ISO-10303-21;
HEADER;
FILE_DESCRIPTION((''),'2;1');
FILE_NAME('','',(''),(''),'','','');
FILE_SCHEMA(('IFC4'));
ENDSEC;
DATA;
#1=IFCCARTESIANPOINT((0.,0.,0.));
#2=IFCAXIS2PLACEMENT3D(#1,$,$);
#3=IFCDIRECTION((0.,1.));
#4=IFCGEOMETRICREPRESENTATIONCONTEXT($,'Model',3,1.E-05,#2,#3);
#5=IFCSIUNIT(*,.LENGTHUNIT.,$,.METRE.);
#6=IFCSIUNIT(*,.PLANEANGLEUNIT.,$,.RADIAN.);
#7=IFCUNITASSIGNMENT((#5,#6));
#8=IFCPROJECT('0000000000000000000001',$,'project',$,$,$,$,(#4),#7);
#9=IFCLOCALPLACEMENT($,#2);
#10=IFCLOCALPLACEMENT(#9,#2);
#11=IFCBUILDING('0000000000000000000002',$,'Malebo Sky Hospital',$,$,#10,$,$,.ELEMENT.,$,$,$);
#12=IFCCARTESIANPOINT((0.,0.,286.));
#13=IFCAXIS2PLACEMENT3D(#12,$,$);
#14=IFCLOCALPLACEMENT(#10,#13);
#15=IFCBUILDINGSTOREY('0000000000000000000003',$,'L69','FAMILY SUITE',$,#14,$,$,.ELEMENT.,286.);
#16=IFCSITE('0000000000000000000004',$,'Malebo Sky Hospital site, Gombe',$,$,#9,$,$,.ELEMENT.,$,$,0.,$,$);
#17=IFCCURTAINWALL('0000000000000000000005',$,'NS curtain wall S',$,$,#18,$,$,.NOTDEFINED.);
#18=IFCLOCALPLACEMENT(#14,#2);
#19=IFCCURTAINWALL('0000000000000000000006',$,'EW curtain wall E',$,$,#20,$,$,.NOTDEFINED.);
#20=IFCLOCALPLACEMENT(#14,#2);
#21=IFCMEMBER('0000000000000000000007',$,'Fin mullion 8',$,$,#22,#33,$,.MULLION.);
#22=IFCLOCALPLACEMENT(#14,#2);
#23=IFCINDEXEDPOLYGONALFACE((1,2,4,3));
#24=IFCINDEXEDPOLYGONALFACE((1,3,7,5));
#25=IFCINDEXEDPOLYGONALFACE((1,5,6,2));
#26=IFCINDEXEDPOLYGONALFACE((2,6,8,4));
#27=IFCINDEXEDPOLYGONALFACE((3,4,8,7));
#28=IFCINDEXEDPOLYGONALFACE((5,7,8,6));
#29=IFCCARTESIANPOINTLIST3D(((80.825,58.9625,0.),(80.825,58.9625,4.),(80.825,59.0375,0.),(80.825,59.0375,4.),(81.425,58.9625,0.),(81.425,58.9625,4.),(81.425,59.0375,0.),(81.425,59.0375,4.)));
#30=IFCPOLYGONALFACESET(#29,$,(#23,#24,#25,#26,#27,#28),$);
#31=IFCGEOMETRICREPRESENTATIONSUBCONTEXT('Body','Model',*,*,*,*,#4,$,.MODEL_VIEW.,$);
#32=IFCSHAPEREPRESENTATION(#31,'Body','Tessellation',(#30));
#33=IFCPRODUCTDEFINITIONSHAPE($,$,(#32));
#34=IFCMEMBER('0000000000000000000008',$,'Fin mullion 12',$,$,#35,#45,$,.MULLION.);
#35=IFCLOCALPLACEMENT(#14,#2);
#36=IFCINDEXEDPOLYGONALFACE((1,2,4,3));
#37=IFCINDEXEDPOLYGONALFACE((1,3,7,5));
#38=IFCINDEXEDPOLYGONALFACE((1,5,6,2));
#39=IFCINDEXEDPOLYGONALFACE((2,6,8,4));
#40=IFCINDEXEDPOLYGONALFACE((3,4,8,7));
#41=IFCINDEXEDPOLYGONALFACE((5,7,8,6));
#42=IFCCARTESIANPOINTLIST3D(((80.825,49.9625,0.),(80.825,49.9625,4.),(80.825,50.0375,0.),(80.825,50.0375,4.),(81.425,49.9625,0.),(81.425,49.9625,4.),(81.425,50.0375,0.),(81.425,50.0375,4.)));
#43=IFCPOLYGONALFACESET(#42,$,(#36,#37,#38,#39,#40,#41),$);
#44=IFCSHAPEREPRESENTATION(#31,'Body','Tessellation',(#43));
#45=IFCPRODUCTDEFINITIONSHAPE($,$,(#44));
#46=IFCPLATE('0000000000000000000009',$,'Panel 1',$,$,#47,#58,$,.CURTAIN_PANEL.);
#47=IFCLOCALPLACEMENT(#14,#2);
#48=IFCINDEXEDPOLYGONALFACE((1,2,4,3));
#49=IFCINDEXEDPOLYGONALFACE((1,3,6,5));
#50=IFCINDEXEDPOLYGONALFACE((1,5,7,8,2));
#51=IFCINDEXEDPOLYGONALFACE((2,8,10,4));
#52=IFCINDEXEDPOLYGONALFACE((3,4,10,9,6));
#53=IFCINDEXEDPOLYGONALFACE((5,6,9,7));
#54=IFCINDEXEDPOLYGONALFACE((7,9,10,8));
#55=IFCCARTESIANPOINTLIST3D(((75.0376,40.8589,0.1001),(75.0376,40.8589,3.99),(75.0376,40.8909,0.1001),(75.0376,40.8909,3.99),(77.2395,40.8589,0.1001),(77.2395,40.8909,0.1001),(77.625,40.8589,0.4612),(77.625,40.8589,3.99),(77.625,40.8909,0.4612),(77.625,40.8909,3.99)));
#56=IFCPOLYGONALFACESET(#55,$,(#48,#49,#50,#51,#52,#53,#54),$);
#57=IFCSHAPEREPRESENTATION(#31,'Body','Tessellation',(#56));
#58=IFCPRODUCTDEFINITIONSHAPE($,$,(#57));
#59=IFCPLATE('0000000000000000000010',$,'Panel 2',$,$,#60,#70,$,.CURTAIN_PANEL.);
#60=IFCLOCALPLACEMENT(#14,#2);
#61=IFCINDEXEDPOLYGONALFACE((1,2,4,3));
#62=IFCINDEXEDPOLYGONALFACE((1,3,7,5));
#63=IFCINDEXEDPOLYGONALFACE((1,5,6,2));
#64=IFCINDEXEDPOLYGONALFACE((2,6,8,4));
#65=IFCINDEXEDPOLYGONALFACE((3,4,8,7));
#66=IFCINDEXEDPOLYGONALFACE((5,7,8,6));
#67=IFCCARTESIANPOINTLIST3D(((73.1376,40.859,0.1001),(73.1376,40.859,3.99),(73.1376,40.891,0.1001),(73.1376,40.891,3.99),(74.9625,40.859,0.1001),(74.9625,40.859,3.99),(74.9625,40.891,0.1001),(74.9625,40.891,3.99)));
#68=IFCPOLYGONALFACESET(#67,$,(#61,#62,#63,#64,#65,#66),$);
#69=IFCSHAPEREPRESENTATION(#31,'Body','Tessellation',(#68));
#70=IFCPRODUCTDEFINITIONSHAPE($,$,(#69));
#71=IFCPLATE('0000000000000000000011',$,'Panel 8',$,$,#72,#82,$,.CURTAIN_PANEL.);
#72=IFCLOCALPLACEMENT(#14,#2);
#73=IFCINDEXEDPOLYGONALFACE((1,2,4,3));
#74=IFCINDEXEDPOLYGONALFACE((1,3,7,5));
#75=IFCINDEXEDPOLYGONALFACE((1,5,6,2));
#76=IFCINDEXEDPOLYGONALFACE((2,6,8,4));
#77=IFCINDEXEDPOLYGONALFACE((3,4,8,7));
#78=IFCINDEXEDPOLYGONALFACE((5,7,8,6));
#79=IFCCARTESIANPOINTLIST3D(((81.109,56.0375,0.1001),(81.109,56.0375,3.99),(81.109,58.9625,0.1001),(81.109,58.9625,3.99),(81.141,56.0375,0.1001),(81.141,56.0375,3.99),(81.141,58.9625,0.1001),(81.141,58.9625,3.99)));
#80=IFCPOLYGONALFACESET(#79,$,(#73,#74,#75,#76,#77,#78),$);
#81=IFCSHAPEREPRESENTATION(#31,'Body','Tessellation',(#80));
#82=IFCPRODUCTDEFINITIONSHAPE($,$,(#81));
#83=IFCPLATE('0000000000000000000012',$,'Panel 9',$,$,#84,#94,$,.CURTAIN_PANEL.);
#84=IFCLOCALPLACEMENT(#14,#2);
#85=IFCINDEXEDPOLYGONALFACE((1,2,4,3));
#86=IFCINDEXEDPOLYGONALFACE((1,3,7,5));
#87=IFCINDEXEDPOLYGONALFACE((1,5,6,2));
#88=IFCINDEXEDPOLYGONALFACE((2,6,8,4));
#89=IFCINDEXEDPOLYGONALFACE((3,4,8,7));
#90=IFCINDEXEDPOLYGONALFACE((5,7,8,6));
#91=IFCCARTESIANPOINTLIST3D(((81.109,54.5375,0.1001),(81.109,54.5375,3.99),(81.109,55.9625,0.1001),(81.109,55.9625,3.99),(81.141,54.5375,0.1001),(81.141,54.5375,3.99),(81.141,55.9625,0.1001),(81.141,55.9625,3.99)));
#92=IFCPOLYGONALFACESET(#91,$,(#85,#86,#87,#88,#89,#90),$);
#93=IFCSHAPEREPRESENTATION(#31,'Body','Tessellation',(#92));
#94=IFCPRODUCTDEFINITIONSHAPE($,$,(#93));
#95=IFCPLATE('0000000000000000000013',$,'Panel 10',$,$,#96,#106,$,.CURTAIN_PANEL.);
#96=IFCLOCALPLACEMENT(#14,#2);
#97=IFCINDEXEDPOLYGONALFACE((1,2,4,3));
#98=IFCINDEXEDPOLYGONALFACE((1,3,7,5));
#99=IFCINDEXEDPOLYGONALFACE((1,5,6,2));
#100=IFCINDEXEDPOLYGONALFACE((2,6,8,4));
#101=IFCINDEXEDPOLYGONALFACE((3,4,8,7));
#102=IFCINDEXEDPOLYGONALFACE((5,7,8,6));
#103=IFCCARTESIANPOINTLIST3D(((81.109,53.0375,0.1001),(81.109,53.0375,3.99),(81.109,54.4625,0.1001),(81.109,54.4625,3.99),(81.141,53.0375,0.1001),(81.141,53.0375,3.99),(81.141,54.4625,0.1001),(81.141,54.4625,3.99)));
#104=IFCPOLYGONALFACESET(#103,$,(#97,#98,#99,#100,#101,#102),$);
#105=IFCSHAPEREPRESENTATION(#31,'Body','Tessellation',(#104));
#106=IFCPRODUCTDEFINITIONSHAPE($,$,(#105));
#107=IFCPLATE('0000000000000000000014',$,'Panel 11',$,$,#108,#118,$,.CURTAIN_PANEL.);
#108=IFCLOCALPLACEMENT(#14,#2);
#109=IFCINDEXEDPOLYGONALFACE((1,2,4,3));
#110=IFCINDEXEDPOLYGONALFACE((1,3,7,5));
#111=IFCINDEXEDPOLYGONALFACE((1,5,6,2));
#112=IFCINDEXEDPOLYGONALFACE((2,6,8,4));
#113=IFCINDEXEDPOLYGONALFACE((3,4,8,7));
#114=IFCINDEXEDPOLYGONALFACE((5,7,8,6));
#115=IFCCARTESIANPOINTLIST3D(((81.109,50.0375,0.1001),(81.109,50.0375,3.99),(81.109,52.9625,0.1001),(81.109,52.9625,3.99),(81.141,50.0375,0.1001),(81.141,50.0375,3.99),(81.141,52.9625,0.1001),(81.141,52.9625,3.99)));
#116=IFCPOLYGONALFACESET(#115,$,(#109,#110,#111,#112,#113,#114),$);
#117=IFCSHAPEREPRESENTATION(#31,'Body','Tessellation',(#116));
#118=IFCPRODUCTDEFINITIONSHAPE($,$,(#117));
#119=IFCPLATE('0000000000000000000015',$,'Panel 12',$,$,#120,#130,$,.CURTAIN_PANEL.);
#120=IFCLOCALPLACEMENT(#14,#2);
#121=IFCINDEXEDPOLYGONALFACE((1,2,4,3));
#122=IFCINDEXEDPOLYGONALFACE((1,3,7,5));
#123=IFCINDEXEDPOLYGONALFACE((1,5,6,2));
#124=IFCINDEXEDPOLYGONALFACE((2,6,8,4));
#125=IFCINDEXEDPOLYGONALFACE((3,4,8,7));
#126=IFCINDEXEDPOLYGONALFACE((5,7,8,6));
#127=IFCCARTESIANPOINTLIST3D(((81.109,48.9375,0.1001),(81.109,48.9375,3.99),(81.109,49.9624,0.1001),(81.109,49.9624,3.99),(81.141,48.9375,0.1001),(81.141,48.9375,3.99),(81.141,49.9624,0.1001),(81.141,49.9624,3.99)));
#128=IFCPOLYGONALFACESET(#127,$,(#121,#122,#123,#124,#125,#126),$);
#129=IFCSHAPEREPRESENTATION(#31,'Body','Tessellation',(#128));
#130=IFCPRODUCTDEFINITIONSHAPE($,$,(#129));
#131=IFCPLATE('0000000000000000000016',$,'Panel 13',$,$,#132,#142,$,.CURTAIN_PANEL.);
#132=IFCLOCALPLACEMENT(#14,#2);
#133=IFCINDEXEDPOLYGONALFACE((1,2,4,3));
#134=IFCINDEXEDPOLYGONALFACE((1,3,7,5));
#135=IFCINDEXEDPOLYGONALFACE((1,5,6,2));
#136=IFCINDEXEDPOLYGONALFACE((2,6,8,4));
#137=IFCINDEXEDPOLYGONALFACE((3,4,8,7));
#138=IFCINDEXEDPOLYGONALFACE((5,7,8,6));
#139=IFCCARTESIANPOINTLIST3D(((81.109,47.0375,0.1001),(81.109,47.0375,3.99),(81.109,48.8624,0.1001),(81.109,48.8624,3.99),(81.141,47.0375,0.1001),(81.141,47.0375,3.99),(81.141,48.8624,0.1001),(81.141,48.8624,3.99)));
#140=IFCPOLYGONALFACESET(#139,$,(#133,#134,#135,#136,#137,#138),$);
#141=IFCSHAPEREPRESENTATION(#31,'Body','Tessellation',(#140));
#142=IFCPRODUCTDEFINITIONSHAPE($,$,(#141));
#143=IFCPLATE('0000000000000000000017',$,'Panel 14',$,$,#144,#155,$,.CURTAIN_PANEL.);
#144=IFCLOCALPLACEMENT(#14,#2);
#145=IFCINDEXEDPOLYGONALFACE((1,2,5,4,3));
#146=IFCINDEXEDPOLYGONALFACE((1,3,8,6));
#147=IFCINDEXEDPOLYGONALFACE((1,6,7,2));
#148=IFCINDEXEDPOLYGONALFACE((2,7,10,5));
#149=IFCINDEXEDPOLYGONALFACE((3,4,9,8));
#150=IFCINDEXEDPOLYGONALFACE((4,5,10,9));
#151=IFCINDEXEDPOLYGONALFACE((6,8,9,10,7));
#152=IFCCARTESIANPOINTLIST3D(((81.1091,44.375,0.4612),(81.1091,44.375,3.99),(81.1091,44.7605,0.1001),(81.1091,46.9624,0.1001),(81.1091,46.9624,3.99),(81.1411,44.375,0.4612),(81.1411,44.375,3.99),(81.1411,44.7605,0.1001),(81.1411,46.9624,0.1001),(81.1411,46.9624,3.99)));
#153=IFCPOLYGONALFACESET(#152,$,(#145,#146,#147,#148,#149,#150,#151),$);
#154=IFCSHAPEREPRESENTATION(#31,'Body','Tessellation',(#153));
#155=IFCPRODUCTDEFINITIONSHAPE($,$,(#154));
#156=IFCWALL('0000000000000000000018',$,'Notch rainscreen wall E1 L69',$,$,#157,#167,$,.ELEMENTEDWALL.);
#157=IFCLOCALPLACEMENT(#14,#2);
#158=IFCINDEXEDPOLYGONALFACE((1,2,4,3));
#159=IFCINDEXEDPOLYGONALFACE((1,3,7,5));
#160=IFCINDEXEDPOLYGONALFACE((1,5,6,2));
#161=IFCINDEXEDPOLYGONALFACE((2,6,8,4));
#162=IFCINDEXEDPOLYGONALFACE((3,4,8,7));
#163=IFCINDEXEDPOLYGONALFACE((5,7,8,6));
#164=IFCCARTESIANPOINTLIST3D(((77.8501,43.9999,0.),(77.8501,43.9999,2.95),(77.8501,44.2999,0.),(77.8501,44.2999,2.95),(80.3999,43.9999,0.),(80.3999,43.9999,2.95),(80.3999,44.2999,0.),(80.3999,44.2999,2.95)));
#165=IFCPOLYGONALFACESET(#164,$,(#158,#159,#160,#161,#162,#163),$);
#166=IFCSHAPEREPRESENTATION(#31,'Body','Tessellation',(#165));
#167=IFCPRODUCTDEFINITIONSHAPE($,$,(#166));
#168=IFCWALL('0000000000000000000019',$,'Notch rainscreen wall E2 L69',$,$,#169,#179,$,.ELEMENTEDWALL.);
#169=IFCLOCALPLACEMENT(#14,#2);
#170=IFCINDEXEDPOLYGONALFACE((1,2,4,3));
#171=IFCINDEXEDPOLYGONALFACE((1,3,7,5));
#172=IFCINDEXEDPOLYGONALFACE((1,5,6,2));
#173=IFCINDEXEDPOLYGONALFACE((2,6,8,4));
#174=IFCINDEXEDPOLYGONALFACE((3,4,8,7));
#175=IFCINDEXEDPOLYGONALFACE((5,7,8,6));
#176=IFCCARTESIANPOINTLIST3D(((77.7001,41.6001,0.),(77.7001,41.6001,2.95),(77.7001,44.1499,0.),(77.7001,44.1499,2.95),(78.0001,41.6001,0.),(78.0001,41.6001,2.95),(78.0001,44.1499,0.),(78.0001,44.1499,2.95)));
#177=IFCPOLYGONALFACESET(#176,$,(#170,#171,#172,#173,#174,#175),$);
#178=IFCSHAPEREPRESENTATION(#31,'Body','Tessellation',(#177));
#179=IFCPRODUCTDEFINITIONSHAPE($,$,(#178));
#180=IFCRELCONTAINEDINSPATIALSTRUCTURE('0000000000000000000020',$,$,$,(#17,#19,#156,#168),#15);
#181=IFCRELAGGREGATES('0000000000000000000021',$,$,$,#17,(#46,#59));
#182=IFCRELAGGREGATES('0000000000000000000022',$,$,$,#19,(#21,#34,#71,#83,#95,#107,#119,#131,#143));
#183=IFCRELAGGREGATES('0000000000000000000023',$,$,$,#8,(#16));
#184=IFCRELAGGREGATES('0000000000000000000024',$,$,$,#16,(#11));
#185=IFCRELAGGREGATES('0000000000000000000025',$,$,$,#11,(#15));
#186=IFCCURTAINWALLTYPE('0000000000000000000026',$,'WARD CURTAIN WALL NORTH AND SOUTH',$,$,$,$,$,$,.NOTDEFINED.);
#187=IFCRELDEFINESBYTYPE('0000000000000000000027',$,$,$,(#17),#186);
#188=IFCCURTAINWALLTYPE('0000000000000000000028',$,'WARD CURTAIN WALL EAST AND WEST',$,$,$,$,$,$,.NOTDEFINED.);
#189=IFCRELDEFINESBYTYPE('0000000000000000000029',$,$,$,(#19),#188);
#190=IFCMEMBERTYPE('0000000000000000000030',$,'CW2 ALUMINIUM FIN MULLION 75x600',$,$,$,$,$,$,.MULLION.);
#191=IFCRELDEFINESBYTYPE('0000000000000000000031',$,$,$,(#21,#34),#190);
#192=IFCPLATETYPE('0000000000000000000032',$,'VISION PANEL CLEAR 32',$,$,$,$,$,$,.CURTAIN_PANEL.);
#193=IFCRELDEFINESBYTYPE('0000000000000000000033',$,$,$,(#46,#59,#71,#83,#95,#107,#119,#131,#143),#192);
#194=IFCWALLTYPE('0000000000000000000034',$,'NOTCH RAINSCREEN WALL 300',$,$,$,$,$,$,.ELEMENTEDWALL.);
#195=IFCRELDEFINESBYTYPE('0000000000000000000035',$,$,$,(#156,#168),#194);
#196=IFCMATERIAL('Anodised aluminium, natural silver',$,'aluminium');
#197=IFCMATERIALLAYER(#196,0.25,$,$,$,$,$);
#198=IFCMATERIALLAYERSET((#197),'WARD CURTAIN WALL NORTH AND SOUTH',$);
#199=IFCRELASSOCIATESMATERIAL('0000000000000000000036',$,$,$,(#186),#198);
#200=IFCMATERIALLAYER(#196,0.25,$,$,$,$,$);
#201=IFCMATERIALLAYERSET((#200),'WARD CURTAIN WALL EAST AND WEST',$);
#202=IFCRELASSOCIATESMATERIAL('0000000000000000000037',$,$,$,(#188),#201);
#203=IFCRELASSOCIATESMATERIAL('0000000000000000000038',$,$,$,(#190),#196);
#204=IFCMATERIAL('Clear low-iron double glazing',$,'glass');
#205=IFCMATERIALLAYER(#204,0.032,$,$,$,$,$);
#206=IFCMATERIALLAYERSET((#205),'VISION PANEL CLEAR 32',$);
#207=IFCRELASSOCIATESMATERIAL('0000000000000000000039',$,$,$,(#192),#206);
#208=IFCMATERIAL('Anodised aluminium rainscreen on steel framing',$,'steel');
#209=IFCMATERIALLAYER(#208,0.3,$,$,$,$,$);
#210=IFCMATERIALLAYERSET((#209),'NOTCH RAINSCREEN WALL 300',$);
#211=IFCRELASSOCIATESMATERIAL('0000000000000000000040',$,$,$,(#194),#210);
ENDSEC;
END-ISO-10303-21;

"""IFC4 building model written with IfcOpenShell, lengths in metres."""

from ifc_helpers import new_model, si_unit, direction, frame, frame_2d, origin, origin_2d, place, context, subcontext, project, spatial, polyline, rectangle, outline, extrude, material, layer, layer_set, material_profile, profile_set, type_object, element, aggregate, save


model = new_model("IFC4")

# Units and contexts
model_context = context("Model", 3, precision=1e-05, world=origin(), true_north=direction((0.0, 1.0)))
body_context = subcontext(model_context, "Body", "Model", "MODEL_VIEW")
ifc_project = project(units=[si_unit("LENGTHUNIT", "METRE"), si_unit("PLANEANGLEUNIT", "RADIAN")], contexts=[model_context])

# Site, building, storey
site_placement = place(None, origin())
site = spatial("IfcSite", under=ifc_project, at=site_placement, Name="Malebo Sky Hospital site, Gombe", CompositionType="ELEMENT", RefElevation=0.0)
building_placement = place(site_placement, origin())
building = spatial("IfcBuilding", under=site, at=building_placement, Name="Malebo Sky Hospital", CompositionType="ELEMENT")
storey_placement = place(building_placement, frame((0.0, 0.0, 286.0)))
storey = spatial("IfcBuildingStorey", under=building, at=storey_placement, Name="L69", Description="FAMILY SUITE", CompositionType="ELEMENT", Elevation=286.0)

# Curtain walls, members
ifc_material_1 = material(Name="Anodised aluminium, natural silver", Category="aluminium")
ifc_layer_1 = layer(ifc_material_1, 0.25)
ifc_layer_set_1 = layer_set([ifc_layer_1], Name="WARD CURTAIN WALL NORTH AND SOUTH")
curtain_wall_type_1 = type_object("IfcCurtainWallType", Name="WARD CURTAIN WALL NORTH AND SOUTH", PredefinedType="NOTDEFINED", material=ifc_layer_set_1)
curtain_wall_1_placement = place(storey_placement, origin())
curtain_wall_1 = element("IfcCurtainWall", 1, at=curtain_wall_1_placement, inside=storey, type_object=curtain_wall_type_1, Name="NS curtain wall S", PredefinedType="NOTDEFINED")
ifc_layer_2 = layer(ifc_material_1, 0.25)
ifc_layer_set_2 = layer_set([ifc_layer_2], Name="WARD CURTAIN WALL EAST AND WEST")
curtain_wall_type_2 = type_object("IfcCurtainWallType", Name="WARD CURTAIN WALL EAST AND WEST", PredefinedType="NOTDEFINED", material=ifc_layer_set_2)
curtain_wall_2_placement = place(storey_placement, origin())
curtain_wall_2 = element("IfcCurtainWall", 2, at=curtain_wall_2_placement, inside=storey, type_object=curtain_wall_type_2, Name="EW curtain wall E", PredefinedType="NOTDEFINED")
ifc_material_profile_1 = material_profile(ifc_material_1, rectangle(XDim=0.075, YDim=0.6001, at=origin_2d()), Name="CW2 ALUMINIUM FIN MULLION 75x600")
ifc_profile_set_1 = profile_set([ifc_material_profile_1], Name="Anodised aluminium, natural silver")
member_type_1 = type_object("IfcMemberType", Name="CW2 ALUMINIUM FIN MULLION 75x600", PredefinedType="MULLION", material=ifc_profile_set_1)
member_1_placement = place(storey_placement, frame((81.125, 59.0, 0.0), z_axis=(0.0, 0.0, 1.0), x_axis=(0.0, -1.0, 0.0)))
member_1 = element("IfcMember", 3, at=member_1_placement, type_object=member_type_1, Name="Fin mullion 8", PredefinedType="MULLION", context=body_context, shape_type="SweptSolid", body=[
    extrude(rectangle(XDim=0.075, YDim=0.6001, at=origin_2d()), origin(), (0.0, 0.0, 1.0), 4.0),
])
member_2_placement = place(storey_placement, frame((81.125, 50.0, 0.0), z_axis=(0.0, 0.0, 1.0), x_axis=(0.0, -1.0, 0.0)))
member_2 = element("IfcMember", 4, at=member_2_placement, type_object=member_type_1, Name="Fin mullion 12", PredefinedType="MULLION", context=body_context, shape_type="SweptSolid", body=[
    extrude(rectangle(XDim=0.075, YDim=0.6001, at=origin_2d()), origin(), (0.0, 0.0, 1.0), 4.0),
])

# Plates
ifc_material_2 = material(Name="Clear low-iron double glazing", Category="glass")
ifc_layer_3 = layer(ifc_material_2, 0.032)
ifc_layer_set_3 = layer_set([ifc_layer_3], Name="VISION PANEL CLEAR 32")
plate_type = type_object("IfcPlateType", Name="VISION PANEL CLEAR 32", PredefinedType="CURTAIN_PANEL", material=ifc_layer_set_3)
plate_1_placement = place(storey_placement, frame((76.3313, 40.875, 0.1001), z_axis=(0.0, 0.0, 1.0), x_axis=(-1.0, 0.0, 0.0)))
plate_1 = element("IfcPlate", 5, at=plate_1_placement, type_object=plate_type, Name="Panel 1", PredefinedType="CURTAIN_PANEL", context=body_context, shape_type="SweptSolid", body=[
    extrude(outline(polyline([(-0.9082, 0.0), (1.2937, 0.0), (1.2937, 3.8899), (-1.2937, 3.8899), (-1.2937, 0.3611), (-0.9082, 0.0)])), frame((0.0, 0.0161, 0.0), z_axis=(0.0, -1.0, 0.0), x_axis=(1.0, 0.0, 0.0)), (0.0, 0.0, 1.0), 0.032),
])
plate_2_placement = place(storey_placement, frame((74.05, 40.875, 0.1001), z_axis=(0.0, 0.0, 1.0), x_axis=(-1.0, 0.0, 0.0)))
plate_2 = element("IfcPlate", 6, at=plate_2_placement, type_object=plate_type, Name="Panel 2", PredefinedType="CURTAIN_PANEL", context=body_context, shape_type="SweptSolid", body=[
    extrude(rectangle(XDim=1.825, YDim=0.032, at=origin_2d()), origin(), (0.0, 0.0, 1.0), 3.8899),
])
aggregate(curtain_wall_1, [plate_1, plate_2])
plate_3_placement = place(storey_placement, frame((81.125, 57.5, 0.1001), z_axis=(0.0, 0.0, 1.0), x_axis=(0.0, -1.0, 0.0)))
plate_3 = element("IfcPlate", 7, at=plate_3_placement, type_object=plate_type, Name="Panel 8", PredefinedType="CURTAIN_PANEL", context=body_context, shape_type="SweptSolid", body=[
    extrude(rectangle(XDim=2.925, YDim=0.032, at=origin_2d()), origin(), (0.0, 0.0, 1.0), 3.8899),
])
plate_4_placement = place(storey_placement, frame((81.125, 55.25, 0.1001), z_axis=(0.0, 0.0, 1.0), x_axis=(0.0, -1.0, 0.0)))
plate_4 = element("IfcPlate", 8, at=plate_4_placement, type_object=plate_type, Name="Panel 9", PredefinedType="CURTAIN_PANEL", context=body_context, shape_type="SweptSolid", body=[
    extrude(rectangle(XDim=1.425, YDim=0.032, at=origin_2d()), origin(), (0.0, 0.0, 1.0), 3.8899),
])
plate_5_placement = place(storey_placement, frame((81.125, 53.75, 0.1001), z_axis=(0.0, 0.0, 1.0), x_axis=(0.0, -1.0, 0.0)))
plate_5 = element("IfcPlate", 9, at=plate_5_placement, type_object=plate_type, Name="Panel 10", PredefinedType="CURTAIN_PANEL", context=body_context, shape_type="SweptSolid", body=[
    extrude(rectangle(XDim=1.425, YDim=0.032, at=origin_2d()), origin(), (0.0, 0.0, 1.0), 3.8899),
])
plate_6_placement = place(storey_placement, frame((81.125, 51.5, 0.1001), z_axis=(0.0, 0.0, 1.0), x_axis=(0.0, -1.0, 0.0)))
plate_6 = element("IfcPlate", 10, at=plate_6_placement, type_object=plate_type, Name="Panel 11", PredefinedType="CURTAIN_PANEL", context=body_context, shape_type="SweptSolid", body=[
    extrude(rectangle(XDim=2.925, YDim=0.032, at=origin_2d()), origin(), (0.0, 0.0, 1.0), 3.8899),
])
plate_7_placement = place(storey_placement, frame((81.125, 49.45, 0.1001), z_axis=(0.0, 0.0, 1.0), x_axis=(0.0, -1.0, 0.0)))
plate_7 = element("IfcPlate", 11, at=plate_7_placement, type_object=plate_type, Name="Panel 12", PredefinedType="CURTAIN_PANEL", context=body_context, shape_type="SweptSolid", body=[
    extrude(rectangle(XDim=1.0249, YDim=0.032, at=origin_2d()), origin(), (0.0, 0.0, 1.0), 3.8899),
])
plate_8_placement = place(storey_placement, frame((81.125, 47.95, 0.1001), z_axis=(0.0, 0.0, 1.0), x_axis=(0.0, -1.0, 0.0)))
plate_8 = element("IfcPlate", 12, at=plate_8_placement, type_object=plate_type, Name="Panel 13", PredefinedType="CURTAIN_PANEL", context=body_context, shape_type="SweptSolid", body=[
    extrude(rectangle(XDim=1.825, YDim=0.032, at=origin_2d()), origin(), (0.0, 0.0, 1.0), 3.8899),
])
plate_9_placement = place(storey_placement, frame((81.125, 45.6687, 0.1001), z_axis=(0.0, 0.0, 1.0), x_axis=(0.0, -1.0, 0.0)))
plate_9 = element("IfcPlate", 13, at=plate_9_placement, type_object=plate_type, Name="Panel 14", PredefinedType="CURTAIN_PANEL", context=body_context, shape_type="SweptSolid", body=[
    extrude(outline(polyline([(-1.2937, 0.0), (0.9082, 0.0), (1.2937, 0.3611), (1.2937, 3.8899), (-1.2937, 3.8899), (-1.2937, 0.0)])), frame((0.0, 0.0161, 0.0), z_axis=(0.0, -1.0, 0.0), x_axis=(1.0, 0.0, 0.0)), (0.0, 0.0, 1.0), 0.032),
])
aggregate(curtain_wall_2, [member_1, member_2, plate_3, plate_4, plate_5, plate_6, plate_7, plate_8, plate_9])

# Walls
ifc_material_3 = material(Name="Anodised aluminium rainscreen on steel framing", Category="steel")
ifc_layer_4 = layer(ifc_material_3, 0.3)
ifc_layer_set_4 = layer_set([ifc_layer_4], Name="NOTCH RAINSCREEN WALL 300")
wall_type = type_object("IfcWallType", Name="NOTCH RAINSCREEN WALL 300", PredefinedType="ELEMENTEDWALL", material=ifc_layer_set_4)
for number, where, z_axis, x_axis, name in (
    (14, (80.3999, 44.1499, 0.0), (0.0, 0.0, 1.0), (-1.0, 0.0, 0.0), "Notch rainscreen wall E1 L69"),
    (15, (77.8501, 44.1499, 0.0), (0.0, 0.0, 1.0), (0.0, -1.0, 0.0), "Notch rainscreen wall E2 L69"),
):
    element("IfcWall", number, at=place(storey_placement, frame(where, z_axis=z_axis, x_axis=x_axis)), inside=storey, type_object=wall_type, Name=name, PredefinedType="ELEMENTEDWALL", context=body_context, shape_type="SweptSolid", body=[
        extrude(rectangle(XDim=2.5498, YDim=0.3, at=frame_2d((1.2749, 0.0))), origin(), (0.0, 0.0, 1.0), 2.95),
    ])

save(model, "model.ifc")
